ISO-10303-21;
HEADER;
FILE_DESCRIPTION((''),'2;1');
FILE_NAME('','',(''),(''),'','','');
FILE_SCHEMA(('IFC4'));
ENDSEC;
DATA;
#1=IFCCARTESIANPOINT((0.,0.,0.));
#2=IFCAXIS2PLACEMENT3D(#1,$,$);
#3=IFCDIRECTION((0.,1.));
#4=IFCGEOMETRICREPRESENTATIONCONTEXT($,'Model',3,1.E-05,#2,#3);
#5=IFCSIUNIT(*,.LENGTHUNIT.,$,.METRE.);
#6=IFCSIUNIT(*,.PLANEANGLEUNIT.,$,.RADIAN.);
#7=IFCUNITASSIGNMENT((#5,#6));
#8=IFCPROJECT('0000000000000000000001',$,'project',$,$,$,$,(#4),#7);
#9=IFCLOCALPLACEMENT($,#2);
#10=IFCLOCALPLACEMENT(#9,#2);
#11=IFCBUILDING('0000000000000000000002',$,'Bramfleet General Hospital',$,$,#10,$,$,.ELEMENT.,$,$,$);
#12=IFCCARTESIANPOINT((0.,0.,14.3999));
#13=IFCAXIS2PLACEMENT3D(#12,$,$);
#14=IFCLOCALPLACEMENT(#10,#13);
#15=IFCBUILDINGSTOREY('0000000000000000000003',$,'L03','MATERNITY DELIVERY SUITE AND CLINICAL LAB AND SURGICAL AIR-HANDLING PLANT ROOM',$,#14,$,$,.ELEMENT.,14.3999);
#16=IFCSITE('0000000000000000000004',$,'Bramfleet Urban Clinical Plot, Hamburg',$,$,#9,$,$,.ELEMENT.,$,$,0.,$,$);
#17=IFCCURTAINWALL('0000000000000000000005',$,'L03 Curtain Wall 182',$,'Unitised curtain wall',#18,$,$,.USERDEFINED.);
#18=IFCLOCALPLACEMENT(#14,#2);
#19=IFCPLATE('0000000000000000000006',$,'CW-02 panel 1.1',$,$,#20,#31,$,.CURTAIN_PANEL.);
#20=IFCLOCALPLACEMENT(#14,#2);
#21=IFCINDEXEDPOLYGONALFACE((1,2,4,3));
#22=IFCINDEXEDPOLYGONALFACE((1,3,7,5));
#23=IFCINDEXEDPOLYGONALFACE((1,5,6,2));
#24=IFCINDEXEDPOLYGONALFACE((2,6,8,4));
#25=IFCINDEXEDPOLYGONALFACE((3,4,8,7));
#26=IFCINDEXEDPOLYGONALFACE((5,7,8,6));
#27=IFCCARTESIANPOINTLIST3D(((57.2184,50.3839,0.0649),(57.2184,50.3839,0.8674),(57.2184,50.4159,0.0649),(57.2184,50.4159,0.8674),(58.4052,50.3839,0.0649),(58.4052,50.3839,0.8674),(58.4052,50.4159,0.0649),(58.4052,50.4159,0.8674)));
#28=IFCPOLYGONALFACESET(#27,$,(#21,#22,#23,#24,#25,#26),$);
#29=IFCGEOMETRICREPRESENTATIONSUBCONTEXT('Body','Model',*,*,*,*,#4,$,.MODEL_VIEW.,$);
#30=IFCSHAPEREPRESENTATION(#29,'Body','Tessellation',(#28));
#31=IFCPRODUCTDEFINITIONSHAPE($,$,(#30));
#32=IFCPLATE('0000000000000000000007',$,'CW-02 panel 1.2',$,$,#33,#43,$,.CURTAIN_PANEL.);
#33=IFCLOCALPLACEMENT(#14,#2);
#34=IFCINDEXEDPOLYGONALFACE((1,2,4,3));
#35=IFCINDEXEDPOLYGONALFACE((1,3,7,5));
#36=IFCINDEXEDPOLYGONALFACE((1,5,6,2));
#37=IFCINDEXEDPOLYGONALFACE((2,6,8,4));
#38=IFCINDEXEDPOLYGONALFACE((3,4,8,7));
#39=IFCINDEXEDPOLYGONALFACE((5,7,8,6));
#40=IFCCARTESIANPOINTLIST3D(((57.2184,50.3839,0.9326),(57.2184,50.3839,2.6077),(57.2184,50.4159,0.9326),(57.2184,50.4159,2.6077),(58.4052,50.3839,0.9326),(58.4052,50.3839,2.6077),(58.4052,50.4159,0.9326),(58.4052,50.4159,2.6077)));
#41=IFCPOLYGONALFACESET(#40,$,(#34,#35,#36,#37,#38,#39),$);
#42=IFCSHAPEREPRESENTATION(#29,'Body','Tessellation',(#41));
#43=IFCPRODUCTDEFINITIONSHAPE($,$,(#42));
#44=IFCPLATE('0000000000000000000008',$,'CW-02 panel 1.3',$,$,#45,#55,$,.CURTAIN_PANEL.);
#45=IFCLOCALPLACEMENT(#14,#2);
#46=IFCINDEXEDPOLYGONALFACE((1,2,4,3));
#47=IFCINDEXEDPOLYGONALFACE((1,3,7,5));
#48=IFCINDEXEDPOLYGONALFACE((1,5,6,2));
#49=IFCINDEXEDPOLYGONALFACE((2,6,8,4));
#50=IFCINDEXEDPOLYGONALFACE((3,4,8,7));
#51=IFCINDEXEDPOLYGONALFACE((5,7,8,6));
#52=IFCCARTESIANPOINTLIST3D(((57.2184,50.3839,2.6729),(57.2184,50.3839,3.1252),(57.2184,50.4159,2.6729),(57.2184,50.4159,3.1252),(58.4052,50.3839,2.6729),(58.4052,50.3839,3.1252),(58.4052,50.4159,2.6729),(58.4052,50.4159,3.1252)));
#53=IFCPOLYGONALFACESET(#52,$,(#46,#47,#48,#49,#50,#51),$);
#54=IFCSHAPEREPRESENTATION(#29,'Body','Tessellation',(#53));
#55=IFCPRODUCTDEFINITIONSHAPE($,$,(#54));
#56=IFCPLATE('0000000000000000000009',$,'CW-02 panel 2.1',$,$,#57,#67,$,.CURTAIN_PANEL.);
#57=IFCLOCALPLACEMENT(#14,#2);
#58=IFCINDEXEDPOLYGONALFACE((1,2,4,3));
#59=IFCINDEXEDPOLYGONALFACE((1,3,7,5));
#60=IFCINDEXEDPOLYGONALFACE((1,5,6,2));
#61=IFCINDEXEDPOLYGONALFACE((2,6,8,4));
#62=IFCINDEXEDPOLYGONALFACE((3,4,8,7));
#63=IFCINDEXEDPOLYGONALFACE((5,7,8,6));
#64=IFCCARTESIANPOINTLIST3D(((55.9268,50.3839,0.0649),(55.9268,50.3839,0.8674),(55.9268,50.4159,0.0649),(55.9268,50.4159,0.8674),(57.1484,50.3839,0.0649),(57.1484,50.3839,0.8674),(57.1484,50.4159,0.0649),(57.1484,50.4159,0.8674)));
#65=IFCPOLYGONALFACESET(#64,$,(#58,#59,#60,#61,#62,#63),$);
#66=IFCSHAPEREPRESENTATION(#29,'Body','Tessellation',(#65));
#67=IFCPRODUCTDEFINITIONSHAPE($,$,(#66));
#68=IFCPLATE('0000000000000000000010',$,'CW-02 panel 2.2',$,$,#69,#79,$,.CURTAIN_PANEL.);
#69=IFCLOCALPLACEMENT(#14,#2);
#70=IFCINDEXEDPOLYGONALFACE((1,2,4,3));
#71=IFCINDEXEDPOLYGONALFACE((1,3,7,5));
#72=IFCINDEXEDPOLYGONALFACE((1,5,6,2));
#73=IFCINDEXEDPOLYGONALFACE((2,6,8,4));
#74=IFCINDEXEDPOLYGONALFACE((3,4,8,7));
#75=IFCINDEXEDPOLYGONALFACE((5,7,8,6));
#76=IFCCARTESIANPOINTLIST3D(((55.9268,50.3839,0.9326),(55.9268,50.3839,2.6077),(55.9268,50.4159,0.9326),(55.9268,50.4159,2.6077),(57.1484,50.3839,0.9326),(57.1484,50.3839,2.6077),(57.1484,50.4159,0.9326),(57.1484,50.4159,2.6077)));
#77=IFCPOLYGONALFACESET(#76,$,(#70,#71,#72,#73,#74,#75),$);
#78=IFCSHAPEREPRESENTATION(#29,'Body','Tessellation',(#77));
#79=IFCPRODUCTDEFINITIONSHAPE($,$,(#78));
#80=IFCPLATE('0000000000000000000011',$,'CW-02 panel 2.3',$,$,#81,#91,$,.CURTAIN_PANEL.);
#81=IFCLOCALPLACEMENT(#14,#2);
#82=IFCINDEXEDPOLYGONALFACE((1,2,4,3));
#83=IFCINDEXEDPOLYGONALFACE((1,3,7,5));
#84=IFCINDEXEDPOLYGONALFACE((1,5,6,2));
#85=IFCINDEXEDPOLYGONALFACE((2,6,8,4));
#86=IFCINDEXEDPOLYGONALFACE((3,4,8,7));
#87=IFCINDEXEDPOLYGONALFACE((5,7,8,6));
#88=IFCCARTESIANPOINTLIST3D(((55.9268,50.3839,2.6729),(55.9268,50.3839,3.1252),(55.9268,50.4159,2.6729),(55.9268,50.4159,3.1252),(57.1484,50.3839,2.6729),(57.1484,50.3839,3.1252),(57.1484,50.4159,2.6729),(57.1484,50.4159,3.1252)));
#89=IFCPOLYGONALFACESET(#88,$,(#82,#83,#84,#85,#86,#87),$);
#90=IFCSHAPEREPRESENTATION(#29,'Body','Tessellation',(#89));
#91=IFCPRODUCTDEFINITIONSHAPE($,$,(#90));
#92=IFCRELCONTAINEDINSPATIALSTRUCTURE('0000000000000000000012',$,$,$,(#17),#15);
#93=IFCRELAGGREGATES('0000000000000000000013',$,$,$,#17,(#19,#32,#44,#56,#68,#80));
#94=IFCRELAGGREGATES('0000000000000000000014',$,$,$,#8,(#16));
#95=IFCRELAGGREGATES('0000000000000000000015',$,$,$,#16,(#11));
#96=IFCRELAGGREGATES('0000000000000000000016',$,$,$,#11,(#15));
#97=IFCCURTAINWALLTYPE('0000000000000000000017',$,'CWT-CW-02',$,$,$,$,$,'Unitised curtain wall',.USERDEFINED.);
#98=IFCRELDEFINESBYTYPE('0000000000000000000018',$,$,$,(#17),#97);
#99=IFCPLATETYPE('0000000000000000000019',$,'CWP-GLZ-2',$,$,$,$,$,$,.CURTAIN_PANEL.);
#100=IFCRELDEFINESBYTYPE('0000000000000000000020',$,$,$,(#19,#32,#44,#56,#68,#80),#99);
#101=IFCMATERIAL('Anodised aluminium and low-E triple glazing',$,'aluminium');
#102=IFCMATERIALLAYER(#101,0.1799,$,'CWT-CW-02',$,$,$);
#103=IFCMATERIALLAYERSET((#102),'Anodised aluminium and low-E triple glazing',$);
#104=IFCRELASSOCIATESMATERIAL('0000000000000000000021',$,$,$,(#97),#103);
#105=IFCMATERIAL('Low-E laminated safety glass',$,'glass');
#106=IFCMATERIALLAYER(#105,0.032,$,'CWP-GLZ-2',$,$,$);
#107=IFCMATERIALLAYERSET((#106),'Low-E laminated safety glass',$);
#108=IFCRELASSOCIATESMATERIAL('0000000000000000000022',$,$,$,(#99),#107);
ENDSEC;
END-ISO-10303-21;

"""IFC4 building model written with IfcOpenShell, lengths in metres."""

from ifc_helpers import new_model, si_unit, direction, frame, origin, origin_2d, place, context, subcontext, project, spatial, rectangle, extrude, material, layer, layer_set, type_object, element, aggregate, save


model = new_model("IFC4")

# Units and contexts
model_context = context("Model", 3, precision=1e-05, world=origin(), true_north=direction((0.0, 1.0)))
body_context = subcontext(model_context, "Body", "Model", "MODEL_VIEW")
ifc_project = project(units=[si_unit("LENGTHUNIT", "METRE"), si_unit("PLANEANGLEUNIT", "RADIAN")], contexts=[model_context])

# Site, building, storey
site_placement = place(None, origin())
site = spatial("IfcSite", under=ifc_project, at=site_placement, Name="Bramfleet Urban Clinical Plot, Hamburg", CompositionType="ELEMENT", RefElevation=0.0)
building_placement = place(site_placement, origin())
building = spatial("IfcBuilding", under=site, at=building_placement, Name="Bramfleet General Hospital", CompositionType="ELEMENT")
storey_placement = place(building_placement, frame((0.0, 0.0, 14.3999)))
storey = spatial("IfcBuildingStorey", under=building, at=storey_placement, Name="L03", Description="MATERNITY DELIVERY SUITE AND CLINICAL LAB AND SURGICAL AIR-HANDLING PLANT ROOM", CompositionType="ELEMENT", Elevation=14.3999)

# Curtain wall
ifc_material_1 = material(Name="Anodised aluminium and low-E triple glazing", Category="aluminium")
ifc_layer_1 = layer(ifc_material_1, 0.1799, Name="CWT-CW-02")
ifc_layer_set_1 = layer_set([ifc_layer_1], Name="Anodised aluminium and low-E triple glazing")
curtain_wall_type_1 = type_object("IfcCurtainWallType", Name="CWT-CW-02", ElementType="Unitised curtain wall", PredefinedType="USERDEFINED", material=ifc_layer_set_1)
curtain_wall_1_placement = place(storey_placement, origin())
curtain_wall_1 = element("IfcCurtainWall", 1, at=curtain_wall_1_placement, inside=storey, type_object=curtain_wall_type_1, Name="L03 Curtain Wall 182", ObjectType="Unitised curtain wall", PredefinedType="USERDEFINED")

# Plates
ifc_material_2 = material(Name="Low-E laminated safety glass", Category="glass")
ifc_layer_2 = layer(ifc_material_2, 0.032, Name="CWP-GLZ-2")
ifc_layer_set_2 = layer_set([ifc_layer_2], Name="Low-E laminated safety glass")
plate_type_1 = type_object("IfcPlateType", Name="CWP-GLZ-2", PredefinedType="CURTAIN_PANEL", material=ifc_layer_set_2)
plate_1_placement = place(storey_placement, frame((57.8118, 50.3999, 0.0649), z_axis=(0.0, 0.0, 1.0), x_axis=(-1.0, 0.0, 0.0)))
plate_1 = element("IfcPlate", 2, at=plate_1_placement, type_object=plate_type_1, Name="CW-02 panel 1.1", PredefinedType="CURTAIN_PANEL", context=body_context, shape_type="SweptSolid", body=[
    extrude(rectangle(XDim=1.1868, YDim=0.032, at=origin_2d()), origin(), (0.0, 0.0, 1.0), 0.8025),
])
plate_2_placement = place(storey_placement, frame((57.8118, 50.3999, 0.9326), z_axis=(0.0, 0.0, 1.0), x_axis=(-1.0, 0.0, 0.0)))
plate_2 = element("IfcPlate", 3, at=plate_2_placement, type_object=plate_type_1, Name="CW-02 panel 1.2", PredefinedType="CURTAIN_PANEL", context=body_context, shape_type="SweptSolid", body=[
    extrude(rectangle(XDim=1.1868, YDim=0.032, at=origin_2d()), origin(), (0.0, 0.0, 1.0), 1.675),
])
plate_3_placement = place(storey_placement, frame((57.8118, 50.3999, 2.6729), z_axis=(0.0, 0.0, 1.0), x_axis=(-1.0, 0.0, 0.0)))
plate_3 = element("IfcPlate", 4, at=plate_3_placement, type_object=plate_type_1, Name="CW-02 panel 1.3", PredefinedType="CURTAIN_PANEL", context=body_context, shape_type="SweptSolid", body=[
    extrude(rectangle(XDim=1.1868, YDim=0.032, at=origin_2d()), origin(), (0.0, 0.0, 1.0), 0.4524),
])
plate_4_placement = place(storey_placement, frame((56.5376, 50.3999, 0.0649), z_axis=(0.0, 0.0, 1.0), x_axis=(-1.0, 0.0, 0.0)))
plate_4 = element("IfcPlate", 5, at=plate_4_placement, type_object=plate_type_1, Name="CW-02 panel 2.1", PredefinedType="CURTAIN_PANEL", context=body_context, shape_type="SweptSolid", body=[
    extrude(rectangle(XDim=1.2217, YDim=0.032, at=origin_2d()), origin(), (0.0, 0.0, 1.0), 0.8025),
])
plate_5_placement = place(storey_placement, frame((56.5376, 50.3999, 0.9326), z_axis=(0.0, 0.0, 1.0), x_axis=(-1.0, 0.0, 0.0)))
plate_5 = element("IfcPlate", 6, at=plate_5_placement, type_object=plate_type_1, Name="CW-02 panel 2.2", PredefinedType="CURTAIN_PANEL", context=body_context, shape_type="SweptSolid", body=[
    extrude(rectangle(XDim=1.2217, YDim=0.032, at=origin_2d()), origin(), (0.0, 0.0, 1.0), 1.675),
])
plate_6_placement = place(storey_placement, frame((56.5376, 50.3999, 2.6729), z_axis=(0.0, 0.0, 1.0), x_axis=(-1.0, 0.0, 0.0)))
plate_6 = element("IfcPlate", 7, at=plate_6_placement, type_object=plate_type_1, Name="CW-02 panel 2.3", PredefinedType="CURTAIN_PANEL", context=body_context, shape_type="SweptSolid", body=[
    extrude(rectangle(XDim=1.2217, YDim=0.032, at=origin_2d()), origin(), (0.0, 0.0, 1.0), 0.4524),
])
aggregate(curtain_wall_1, [plate_1, plate_2, plate_3, plate_4, plate_5, plate_6])

save(model, "model.ifc")
